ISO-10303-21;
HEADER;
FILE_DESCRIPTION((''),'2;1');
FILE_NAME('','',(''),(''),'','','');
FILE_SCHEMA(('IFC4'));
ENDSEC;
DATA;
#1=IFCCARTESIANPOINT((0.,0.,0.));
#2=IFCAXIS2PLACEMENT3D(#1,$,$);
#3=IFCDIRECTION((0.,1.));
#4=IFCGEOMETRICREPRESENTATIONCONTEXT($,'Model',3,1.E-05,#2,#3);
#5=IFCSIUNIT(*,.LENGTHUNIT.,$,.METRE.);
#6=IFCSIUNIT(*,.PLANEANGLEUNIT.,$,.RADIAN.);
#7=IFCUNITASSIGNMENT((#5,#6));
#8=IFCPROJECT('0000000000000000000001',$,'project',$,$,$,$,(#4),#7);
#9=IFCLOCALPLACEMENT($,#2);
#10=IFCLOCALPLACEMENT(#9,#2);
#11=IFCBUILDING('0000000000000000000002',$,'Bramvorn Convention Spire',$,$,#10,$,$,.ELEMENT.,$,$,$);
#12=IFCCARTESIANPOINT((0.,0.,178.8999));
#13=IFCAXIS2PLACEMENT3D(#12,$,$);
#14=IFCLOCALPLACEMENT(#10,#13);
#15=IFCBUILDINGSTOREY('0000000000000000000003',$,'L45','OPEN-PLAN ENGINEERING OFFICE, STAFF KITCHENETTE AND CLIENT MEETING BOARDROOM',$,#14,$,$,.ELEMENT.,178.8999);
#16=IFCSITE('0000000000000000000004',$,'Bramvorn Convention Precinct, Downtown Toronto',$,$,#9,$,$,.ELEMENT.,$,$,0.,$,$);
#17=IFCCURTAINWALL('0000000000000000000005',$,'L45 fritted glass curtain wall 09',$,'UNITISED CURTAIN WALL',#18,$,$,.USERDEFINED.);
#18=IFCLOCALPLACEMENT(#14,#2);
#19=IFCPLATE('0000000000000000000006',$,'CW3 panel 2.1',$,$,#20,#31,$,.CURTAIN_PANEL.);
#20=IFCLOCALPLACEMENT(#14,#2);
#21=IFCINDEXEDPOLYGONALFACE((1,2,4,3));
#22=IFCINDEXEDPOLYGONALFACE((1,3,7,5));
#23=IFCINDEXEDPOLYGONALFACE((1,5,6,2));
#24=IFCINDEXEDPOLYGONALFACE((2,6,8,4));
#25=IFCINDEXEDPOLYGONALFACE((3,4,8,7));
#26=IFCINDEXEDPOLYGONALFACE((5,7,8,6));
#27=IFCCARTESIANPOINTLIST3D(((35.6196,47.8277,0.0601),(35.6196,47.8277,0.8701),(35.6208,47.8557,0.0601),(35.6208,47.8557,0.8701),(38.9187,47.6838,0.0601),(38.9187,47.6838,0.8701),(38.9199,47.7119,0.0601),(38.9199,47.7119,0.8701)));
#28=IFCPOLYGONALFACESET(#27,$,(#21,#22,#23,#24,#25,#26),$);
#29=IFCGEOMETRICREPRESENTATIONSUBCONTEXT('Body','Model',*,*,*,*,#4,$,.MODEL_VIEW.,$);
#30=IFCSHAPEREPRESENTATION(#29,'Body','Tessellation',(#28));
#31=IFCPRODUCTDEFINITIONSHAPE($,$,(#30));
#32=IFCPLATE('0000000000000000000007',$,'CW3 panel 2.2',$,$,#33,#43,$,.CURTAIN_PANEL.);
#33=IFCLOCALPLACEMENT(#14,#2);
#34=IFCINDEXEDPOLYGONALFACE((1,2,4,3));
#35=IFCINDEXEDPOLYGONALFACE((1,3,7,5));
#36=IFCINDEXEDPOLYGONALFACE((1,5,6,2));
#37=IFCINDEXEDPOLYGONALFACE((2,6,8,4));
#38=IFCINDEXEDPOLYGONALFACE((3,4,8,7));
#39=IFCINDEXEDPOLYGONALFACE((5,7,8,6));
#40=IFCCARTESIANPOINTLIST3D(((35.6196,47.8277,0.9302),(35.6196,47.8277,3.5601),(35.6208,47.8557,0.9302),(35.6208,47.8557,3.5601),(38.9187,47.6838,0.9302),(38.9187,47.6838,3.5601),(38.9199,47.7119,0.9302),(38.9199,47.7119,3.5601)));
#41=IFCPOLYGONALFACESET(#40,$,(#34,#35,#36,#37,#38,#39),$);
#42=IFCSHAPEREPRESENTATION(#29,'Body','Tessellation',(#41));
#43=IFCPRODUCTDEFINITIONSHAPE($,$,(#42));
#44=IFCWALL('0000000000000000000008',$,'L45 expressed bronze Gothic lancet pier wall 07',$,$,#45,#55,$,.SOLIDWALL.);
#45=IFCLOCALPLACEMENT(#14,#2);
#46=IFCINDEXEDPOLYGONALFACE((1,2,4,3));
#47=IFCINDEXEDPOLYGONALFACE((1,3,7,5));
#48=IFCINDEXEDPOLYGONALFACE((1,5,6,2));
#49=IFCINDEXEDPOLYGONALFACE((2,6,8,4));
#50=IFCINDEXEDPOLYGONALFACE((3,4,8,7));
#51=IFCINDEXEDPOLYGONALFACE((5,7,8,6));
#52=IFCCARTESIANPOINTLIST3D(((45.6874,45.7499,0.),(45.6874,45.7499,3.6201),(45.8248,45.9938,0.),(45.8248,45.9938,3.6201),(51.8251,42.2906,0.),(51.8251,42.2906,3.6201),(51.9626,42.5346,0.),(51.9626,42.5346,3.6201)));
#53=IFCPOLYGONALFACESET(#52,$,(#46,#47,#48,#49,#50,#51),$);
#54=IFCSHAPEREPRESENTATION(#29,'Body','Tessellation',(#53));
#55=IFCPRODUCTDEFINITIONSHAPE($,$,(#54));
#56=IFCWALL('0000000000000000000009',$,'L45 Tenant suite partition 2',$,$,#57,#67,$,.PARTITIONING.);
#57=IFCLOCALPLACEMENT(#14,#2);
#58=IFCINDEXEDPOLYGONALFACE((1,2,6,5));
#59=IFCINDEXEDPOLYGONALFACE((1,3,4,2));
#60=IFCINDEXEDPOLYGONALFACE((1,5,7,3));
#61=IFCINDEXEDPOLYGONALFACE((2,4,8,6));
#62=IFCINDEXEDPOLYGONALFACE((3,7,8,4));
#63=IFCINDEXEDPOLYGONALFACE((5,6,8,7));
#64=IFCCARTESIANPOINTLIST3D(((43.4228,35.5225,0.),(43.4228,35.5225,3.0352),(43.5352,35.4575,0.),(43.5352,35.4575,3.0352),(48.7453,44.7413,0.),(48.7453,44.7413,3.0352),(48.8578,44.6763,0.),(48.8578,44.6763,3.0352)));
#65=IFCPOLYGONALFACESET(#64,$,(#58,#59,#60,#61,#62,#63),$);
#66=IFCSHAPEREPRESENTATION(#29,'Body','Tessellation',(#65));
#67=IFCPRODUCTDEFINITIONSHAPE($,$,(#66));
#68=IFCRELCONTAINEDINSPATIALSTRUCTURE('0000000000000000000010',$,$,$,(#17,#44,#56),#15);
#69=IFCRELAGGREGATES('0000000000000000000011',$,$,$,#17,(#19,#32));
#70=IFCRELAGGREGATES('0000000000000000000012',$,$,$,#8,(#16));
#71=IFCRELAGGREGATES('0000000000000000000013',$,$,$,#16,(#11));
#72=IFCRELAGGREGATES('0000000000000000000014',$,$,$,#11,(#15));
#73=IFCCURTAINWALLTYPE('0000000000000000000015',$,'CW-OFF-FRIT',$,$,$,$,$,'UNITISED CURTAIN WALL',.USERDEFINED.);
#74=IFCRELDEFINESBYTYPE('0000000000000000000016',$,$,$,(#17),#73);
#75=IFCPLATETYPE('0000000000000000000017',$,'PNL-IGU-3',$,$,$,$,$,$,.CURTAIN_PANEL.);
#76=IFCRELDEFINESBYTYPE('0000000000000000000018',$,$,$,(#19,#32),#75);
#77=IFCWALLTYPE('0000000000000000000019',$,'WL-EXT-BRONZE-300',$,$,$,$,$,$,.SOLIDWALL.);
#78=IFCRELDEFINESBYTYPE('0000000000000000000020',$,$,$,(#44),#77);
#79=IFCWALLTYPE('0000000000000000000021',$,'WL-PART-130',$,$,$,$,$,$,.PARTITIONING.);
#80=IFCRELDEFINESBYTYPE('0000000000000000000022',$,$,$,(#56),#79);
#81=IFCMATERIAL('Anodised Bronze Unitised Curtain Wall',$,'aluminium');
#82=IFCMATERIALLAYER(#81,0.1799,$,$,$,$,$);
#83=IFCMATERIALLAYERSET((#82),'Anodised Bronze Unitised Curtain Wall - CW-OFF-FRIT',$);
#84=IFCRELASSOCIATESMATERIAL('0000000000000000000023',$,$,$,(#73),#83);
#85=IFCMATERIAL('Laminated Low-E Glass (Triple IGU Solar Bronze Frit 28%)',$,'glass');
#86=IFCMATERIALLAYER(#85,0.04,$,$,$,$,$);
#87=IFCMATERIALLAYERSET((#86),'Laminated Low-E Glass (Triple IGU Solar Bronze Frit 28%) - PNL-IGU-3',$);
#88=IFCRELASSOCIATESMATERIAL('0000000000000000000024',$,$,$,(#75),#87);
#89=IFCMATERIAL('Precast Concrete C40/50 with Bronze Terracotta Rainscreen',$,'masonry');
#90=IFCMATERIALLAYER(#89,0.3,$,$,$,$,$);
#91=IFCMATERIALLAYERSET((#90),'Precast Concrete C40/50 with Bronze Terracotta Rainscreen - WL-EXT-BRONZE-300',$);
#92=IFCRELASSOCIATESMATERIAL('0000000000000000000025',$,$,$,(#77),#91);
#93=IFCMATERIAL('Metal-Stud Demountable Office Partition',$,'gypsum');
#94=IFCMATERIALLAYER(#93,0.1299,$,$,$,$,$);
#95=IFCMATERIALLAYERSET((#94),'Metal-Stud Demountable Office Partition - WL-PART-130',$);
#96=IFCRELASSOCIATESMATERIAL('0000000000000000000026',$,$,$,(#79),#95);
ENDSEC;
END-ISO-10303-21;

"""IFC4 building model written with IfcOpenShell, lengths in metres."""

from ifc_helpers import new_model, si_unit, direction, frame, frame_2d, origin, origin_2d, place, context, subcontext, project, spatial, rectangle, extrude, material, layer, layer_set, type_object, element, aggregate, save


model = new_model("IFC4")

# Units and contexts
model_context = context("Model", 3, precision=1e-05, world=origin(), true_north=direction((0.0, 1.0)))
body_context = subcontext(model_context, "Body", "Model", "MODEL_VIEW")
ifc_project = project(units=[si_unit("LENGTHUNIT", "METRE"), si_unit("PLANEANGLEUNIT", "RADIAN")], contexts=[model_context])

# Site, building, storey
site_placement = place(None, origin())
site = spatial("IfcSite", under=ifc_project, at=site_placement, Name="Bramvorn Convention Precinct, Downtown Toronto", CompositionType="ELEMENT", RefElevation=0.0)
building_placement = place(site_placement, origin())
building = spatial("IfcBuilding", under=site, at=building_placement, Name="Bramvorn Convention Spire", CompositionType="ELEMENT")
storey_placement = place(building_placement, frame((0.0, 0.0, 178.8999)))
storey = spatial("IfcBuildingStorey", under=building, at=storey_placement, Name="L45", Description="OPEN-PLAN ENGINEERING OFFICE, STAFF KITCHENETTE AND CLIENT MEETING BOARDROOM", CompositionType="ELEMENT", Elevation=178.8999)

# Curtain wall
ifc_material_1 = material(Name="Anodised Bronze Unitised Curtain Wall", Category="aluminium")
ifc_layer_1 = layer(ifc_material_1, 0.1799)
ifc_layer_set_1 = layer_set([ifc_layer_1], Name="Anodised Bronze Unitised Curtain Wall - CW-OFF-FRIT")
curtain_wall_type = type_object("IfcCurtainWallType", Name="CW-OFF-FRIT", ElementType="UNITISED CURTAIN WALL", PredefinedType="USERDEFINED", material=ifc_layer_set_1)
curtain_wall_1_placement = place(storey_placement, origin())
curtain_wall_1 = element("IfcCurtainWall", 1, at=curtain_wall_1_placement, inside=storey, type_object=curtain_wall_type, Name="L45 fritted glass curtain wall 09", ObjectType="UNITISED CURTAIN WALL", PredefinedType="USERDEFINED")

# Plates
ifc_material_2 = material(Name="Laminated Low-E Glass (Triple IGU Solar Bronze Frit 28%)", Category="glass")
ifc_layer_2 = layer(ifc_material_2, 0.04)
ifc_layer_set_2 = layer_set([ifc_layer_2], Name="Laminated Low-E Glass (Triple IGU Solar Bronze Frit 28%) - PNL-IGU-3")
plate_type = type_object("IfcPlateType", Name="PNL-IGU-3", PredefinedType="CURTAIN_PANEL", material=ifc_layer_set_2)
plate_1_placement = place(storey_placement, frame((37.2698, 47.7698, 0.0601), z_axis=(0.0, 0.0, 1.0), x_axis=(0.99905, -0.04357, 0.0)))
plate_1 = element("IfcPlate", 2, at=plate_1_placement, type_object=plate_type, Name="CW3 panel 2.1", PredefinedType="CURTAIN_PANEL", context=body_context, shape_type="SweptSolid", body=[
    extrude(rectangle(XDim=3.3022, YDim=0.0281, at=origin_2d()), origin(), (0.0, 0.0, 1.0), 0.8101),
])
plate_2_placement = place(storey_placement, frame((37.2698, 47.7698, 0.9302), z_axis=(0.0, 0.0, 1.0), x_axis=(0.99905, -0.04357, 0.0)))
plate_2 = element("IfcPlate", 3, at=plate_2_placement, type_object=plate_type, Name="CW3 panel 2.2", PredefinedType="CURTAIN_PANEL", context=body_context, shape_type="SweptSolid", body=[
    extrude(rectangle(XDim=3.3022, YDim=0.0281, at=origin_2d()), origin(), (0.0, 0.0, 1.0), 2.6299),
])
aggregate(curtain_wall_1, [plate_1, plate_2])

# Walls
ifc_material_3 = material(Name="Precast Concrete C40/50 with Bronze Terracotta Rainscreen", Category="masonry")
ifc_layer_3 = layer(ifc_material_3, 0.3)
ifc_layer_set_3 = layer_set([ifc_layer_3], Name="Precast Concrete C40/50 with Bronze Terracotta Rainscreen - WL-EXT-BRONZE-300")
wall_type_1 = type_object("IfcWallType", Name="WL-EXT-BRONZE-300", PredefinedType="SOLIDWALL", material=ifc_layer_set_3)
wall_1_placement = place(storey_placement, frame((45.7561, 45.8718, 0.0), z_axis=(0.0, 0.0, 1.0), x_axis=(0.871164, -0.490992, 0.0)))
element("IfcWall", 4, at=wall_1_placement, inside=storey, type_object=wall_type_1, Name="L45 expressed bronze Gothic lancet pier wall 07", PredefinedType="SOLIDWALL", context=body_context, shape_type="SweptSolid", body=[
    extrude(rectangle(XDim=7.0454, YDim=0.28, at=frame_2d((3.5227, 0.0))), origin(), (0.0, 0.0, 1.0), 3.6201),
])
ifc_material_4 = material(Name="Metal-Stud Demountable Office Partition", Category="gypsum")
ifc_layer_4 = layer(ifc_material_4, 0.1299)
ifc_layer_set_4 = layer_set([ifc_layer_4], Name="Metal-Stud Demountable Office Partition - WL-PART-130")
wall_type_2 = type_object("IfcWallType", Name="WL-PART-130", PredefinedType="PARTITIONING", material=ifc_layer_set_4)
wall_2_placement = place(storey_placement, frame((43.479, 35.49, 0.0), z_axis=(0.0, 0.0, 1.0), x_axis=(0.500004, 0.866023, 0.0)))
element("IfcWall", 5, at=wall_2_placement, inside=storey, type_object=wall_type_2, Name="L45 Tenant suite partition 2", PredefinedType="PARTITIONING", context=body_context, shape_type="SweptSolid", body=[
    extrude(rectangle(XDim=10.645, YDim=0.1299, at=frame_2d((5.3225, 0.0))), origin(), (0.0, 0.0, 1.0), 3.0352),
])

save(model, "model.ifc")
